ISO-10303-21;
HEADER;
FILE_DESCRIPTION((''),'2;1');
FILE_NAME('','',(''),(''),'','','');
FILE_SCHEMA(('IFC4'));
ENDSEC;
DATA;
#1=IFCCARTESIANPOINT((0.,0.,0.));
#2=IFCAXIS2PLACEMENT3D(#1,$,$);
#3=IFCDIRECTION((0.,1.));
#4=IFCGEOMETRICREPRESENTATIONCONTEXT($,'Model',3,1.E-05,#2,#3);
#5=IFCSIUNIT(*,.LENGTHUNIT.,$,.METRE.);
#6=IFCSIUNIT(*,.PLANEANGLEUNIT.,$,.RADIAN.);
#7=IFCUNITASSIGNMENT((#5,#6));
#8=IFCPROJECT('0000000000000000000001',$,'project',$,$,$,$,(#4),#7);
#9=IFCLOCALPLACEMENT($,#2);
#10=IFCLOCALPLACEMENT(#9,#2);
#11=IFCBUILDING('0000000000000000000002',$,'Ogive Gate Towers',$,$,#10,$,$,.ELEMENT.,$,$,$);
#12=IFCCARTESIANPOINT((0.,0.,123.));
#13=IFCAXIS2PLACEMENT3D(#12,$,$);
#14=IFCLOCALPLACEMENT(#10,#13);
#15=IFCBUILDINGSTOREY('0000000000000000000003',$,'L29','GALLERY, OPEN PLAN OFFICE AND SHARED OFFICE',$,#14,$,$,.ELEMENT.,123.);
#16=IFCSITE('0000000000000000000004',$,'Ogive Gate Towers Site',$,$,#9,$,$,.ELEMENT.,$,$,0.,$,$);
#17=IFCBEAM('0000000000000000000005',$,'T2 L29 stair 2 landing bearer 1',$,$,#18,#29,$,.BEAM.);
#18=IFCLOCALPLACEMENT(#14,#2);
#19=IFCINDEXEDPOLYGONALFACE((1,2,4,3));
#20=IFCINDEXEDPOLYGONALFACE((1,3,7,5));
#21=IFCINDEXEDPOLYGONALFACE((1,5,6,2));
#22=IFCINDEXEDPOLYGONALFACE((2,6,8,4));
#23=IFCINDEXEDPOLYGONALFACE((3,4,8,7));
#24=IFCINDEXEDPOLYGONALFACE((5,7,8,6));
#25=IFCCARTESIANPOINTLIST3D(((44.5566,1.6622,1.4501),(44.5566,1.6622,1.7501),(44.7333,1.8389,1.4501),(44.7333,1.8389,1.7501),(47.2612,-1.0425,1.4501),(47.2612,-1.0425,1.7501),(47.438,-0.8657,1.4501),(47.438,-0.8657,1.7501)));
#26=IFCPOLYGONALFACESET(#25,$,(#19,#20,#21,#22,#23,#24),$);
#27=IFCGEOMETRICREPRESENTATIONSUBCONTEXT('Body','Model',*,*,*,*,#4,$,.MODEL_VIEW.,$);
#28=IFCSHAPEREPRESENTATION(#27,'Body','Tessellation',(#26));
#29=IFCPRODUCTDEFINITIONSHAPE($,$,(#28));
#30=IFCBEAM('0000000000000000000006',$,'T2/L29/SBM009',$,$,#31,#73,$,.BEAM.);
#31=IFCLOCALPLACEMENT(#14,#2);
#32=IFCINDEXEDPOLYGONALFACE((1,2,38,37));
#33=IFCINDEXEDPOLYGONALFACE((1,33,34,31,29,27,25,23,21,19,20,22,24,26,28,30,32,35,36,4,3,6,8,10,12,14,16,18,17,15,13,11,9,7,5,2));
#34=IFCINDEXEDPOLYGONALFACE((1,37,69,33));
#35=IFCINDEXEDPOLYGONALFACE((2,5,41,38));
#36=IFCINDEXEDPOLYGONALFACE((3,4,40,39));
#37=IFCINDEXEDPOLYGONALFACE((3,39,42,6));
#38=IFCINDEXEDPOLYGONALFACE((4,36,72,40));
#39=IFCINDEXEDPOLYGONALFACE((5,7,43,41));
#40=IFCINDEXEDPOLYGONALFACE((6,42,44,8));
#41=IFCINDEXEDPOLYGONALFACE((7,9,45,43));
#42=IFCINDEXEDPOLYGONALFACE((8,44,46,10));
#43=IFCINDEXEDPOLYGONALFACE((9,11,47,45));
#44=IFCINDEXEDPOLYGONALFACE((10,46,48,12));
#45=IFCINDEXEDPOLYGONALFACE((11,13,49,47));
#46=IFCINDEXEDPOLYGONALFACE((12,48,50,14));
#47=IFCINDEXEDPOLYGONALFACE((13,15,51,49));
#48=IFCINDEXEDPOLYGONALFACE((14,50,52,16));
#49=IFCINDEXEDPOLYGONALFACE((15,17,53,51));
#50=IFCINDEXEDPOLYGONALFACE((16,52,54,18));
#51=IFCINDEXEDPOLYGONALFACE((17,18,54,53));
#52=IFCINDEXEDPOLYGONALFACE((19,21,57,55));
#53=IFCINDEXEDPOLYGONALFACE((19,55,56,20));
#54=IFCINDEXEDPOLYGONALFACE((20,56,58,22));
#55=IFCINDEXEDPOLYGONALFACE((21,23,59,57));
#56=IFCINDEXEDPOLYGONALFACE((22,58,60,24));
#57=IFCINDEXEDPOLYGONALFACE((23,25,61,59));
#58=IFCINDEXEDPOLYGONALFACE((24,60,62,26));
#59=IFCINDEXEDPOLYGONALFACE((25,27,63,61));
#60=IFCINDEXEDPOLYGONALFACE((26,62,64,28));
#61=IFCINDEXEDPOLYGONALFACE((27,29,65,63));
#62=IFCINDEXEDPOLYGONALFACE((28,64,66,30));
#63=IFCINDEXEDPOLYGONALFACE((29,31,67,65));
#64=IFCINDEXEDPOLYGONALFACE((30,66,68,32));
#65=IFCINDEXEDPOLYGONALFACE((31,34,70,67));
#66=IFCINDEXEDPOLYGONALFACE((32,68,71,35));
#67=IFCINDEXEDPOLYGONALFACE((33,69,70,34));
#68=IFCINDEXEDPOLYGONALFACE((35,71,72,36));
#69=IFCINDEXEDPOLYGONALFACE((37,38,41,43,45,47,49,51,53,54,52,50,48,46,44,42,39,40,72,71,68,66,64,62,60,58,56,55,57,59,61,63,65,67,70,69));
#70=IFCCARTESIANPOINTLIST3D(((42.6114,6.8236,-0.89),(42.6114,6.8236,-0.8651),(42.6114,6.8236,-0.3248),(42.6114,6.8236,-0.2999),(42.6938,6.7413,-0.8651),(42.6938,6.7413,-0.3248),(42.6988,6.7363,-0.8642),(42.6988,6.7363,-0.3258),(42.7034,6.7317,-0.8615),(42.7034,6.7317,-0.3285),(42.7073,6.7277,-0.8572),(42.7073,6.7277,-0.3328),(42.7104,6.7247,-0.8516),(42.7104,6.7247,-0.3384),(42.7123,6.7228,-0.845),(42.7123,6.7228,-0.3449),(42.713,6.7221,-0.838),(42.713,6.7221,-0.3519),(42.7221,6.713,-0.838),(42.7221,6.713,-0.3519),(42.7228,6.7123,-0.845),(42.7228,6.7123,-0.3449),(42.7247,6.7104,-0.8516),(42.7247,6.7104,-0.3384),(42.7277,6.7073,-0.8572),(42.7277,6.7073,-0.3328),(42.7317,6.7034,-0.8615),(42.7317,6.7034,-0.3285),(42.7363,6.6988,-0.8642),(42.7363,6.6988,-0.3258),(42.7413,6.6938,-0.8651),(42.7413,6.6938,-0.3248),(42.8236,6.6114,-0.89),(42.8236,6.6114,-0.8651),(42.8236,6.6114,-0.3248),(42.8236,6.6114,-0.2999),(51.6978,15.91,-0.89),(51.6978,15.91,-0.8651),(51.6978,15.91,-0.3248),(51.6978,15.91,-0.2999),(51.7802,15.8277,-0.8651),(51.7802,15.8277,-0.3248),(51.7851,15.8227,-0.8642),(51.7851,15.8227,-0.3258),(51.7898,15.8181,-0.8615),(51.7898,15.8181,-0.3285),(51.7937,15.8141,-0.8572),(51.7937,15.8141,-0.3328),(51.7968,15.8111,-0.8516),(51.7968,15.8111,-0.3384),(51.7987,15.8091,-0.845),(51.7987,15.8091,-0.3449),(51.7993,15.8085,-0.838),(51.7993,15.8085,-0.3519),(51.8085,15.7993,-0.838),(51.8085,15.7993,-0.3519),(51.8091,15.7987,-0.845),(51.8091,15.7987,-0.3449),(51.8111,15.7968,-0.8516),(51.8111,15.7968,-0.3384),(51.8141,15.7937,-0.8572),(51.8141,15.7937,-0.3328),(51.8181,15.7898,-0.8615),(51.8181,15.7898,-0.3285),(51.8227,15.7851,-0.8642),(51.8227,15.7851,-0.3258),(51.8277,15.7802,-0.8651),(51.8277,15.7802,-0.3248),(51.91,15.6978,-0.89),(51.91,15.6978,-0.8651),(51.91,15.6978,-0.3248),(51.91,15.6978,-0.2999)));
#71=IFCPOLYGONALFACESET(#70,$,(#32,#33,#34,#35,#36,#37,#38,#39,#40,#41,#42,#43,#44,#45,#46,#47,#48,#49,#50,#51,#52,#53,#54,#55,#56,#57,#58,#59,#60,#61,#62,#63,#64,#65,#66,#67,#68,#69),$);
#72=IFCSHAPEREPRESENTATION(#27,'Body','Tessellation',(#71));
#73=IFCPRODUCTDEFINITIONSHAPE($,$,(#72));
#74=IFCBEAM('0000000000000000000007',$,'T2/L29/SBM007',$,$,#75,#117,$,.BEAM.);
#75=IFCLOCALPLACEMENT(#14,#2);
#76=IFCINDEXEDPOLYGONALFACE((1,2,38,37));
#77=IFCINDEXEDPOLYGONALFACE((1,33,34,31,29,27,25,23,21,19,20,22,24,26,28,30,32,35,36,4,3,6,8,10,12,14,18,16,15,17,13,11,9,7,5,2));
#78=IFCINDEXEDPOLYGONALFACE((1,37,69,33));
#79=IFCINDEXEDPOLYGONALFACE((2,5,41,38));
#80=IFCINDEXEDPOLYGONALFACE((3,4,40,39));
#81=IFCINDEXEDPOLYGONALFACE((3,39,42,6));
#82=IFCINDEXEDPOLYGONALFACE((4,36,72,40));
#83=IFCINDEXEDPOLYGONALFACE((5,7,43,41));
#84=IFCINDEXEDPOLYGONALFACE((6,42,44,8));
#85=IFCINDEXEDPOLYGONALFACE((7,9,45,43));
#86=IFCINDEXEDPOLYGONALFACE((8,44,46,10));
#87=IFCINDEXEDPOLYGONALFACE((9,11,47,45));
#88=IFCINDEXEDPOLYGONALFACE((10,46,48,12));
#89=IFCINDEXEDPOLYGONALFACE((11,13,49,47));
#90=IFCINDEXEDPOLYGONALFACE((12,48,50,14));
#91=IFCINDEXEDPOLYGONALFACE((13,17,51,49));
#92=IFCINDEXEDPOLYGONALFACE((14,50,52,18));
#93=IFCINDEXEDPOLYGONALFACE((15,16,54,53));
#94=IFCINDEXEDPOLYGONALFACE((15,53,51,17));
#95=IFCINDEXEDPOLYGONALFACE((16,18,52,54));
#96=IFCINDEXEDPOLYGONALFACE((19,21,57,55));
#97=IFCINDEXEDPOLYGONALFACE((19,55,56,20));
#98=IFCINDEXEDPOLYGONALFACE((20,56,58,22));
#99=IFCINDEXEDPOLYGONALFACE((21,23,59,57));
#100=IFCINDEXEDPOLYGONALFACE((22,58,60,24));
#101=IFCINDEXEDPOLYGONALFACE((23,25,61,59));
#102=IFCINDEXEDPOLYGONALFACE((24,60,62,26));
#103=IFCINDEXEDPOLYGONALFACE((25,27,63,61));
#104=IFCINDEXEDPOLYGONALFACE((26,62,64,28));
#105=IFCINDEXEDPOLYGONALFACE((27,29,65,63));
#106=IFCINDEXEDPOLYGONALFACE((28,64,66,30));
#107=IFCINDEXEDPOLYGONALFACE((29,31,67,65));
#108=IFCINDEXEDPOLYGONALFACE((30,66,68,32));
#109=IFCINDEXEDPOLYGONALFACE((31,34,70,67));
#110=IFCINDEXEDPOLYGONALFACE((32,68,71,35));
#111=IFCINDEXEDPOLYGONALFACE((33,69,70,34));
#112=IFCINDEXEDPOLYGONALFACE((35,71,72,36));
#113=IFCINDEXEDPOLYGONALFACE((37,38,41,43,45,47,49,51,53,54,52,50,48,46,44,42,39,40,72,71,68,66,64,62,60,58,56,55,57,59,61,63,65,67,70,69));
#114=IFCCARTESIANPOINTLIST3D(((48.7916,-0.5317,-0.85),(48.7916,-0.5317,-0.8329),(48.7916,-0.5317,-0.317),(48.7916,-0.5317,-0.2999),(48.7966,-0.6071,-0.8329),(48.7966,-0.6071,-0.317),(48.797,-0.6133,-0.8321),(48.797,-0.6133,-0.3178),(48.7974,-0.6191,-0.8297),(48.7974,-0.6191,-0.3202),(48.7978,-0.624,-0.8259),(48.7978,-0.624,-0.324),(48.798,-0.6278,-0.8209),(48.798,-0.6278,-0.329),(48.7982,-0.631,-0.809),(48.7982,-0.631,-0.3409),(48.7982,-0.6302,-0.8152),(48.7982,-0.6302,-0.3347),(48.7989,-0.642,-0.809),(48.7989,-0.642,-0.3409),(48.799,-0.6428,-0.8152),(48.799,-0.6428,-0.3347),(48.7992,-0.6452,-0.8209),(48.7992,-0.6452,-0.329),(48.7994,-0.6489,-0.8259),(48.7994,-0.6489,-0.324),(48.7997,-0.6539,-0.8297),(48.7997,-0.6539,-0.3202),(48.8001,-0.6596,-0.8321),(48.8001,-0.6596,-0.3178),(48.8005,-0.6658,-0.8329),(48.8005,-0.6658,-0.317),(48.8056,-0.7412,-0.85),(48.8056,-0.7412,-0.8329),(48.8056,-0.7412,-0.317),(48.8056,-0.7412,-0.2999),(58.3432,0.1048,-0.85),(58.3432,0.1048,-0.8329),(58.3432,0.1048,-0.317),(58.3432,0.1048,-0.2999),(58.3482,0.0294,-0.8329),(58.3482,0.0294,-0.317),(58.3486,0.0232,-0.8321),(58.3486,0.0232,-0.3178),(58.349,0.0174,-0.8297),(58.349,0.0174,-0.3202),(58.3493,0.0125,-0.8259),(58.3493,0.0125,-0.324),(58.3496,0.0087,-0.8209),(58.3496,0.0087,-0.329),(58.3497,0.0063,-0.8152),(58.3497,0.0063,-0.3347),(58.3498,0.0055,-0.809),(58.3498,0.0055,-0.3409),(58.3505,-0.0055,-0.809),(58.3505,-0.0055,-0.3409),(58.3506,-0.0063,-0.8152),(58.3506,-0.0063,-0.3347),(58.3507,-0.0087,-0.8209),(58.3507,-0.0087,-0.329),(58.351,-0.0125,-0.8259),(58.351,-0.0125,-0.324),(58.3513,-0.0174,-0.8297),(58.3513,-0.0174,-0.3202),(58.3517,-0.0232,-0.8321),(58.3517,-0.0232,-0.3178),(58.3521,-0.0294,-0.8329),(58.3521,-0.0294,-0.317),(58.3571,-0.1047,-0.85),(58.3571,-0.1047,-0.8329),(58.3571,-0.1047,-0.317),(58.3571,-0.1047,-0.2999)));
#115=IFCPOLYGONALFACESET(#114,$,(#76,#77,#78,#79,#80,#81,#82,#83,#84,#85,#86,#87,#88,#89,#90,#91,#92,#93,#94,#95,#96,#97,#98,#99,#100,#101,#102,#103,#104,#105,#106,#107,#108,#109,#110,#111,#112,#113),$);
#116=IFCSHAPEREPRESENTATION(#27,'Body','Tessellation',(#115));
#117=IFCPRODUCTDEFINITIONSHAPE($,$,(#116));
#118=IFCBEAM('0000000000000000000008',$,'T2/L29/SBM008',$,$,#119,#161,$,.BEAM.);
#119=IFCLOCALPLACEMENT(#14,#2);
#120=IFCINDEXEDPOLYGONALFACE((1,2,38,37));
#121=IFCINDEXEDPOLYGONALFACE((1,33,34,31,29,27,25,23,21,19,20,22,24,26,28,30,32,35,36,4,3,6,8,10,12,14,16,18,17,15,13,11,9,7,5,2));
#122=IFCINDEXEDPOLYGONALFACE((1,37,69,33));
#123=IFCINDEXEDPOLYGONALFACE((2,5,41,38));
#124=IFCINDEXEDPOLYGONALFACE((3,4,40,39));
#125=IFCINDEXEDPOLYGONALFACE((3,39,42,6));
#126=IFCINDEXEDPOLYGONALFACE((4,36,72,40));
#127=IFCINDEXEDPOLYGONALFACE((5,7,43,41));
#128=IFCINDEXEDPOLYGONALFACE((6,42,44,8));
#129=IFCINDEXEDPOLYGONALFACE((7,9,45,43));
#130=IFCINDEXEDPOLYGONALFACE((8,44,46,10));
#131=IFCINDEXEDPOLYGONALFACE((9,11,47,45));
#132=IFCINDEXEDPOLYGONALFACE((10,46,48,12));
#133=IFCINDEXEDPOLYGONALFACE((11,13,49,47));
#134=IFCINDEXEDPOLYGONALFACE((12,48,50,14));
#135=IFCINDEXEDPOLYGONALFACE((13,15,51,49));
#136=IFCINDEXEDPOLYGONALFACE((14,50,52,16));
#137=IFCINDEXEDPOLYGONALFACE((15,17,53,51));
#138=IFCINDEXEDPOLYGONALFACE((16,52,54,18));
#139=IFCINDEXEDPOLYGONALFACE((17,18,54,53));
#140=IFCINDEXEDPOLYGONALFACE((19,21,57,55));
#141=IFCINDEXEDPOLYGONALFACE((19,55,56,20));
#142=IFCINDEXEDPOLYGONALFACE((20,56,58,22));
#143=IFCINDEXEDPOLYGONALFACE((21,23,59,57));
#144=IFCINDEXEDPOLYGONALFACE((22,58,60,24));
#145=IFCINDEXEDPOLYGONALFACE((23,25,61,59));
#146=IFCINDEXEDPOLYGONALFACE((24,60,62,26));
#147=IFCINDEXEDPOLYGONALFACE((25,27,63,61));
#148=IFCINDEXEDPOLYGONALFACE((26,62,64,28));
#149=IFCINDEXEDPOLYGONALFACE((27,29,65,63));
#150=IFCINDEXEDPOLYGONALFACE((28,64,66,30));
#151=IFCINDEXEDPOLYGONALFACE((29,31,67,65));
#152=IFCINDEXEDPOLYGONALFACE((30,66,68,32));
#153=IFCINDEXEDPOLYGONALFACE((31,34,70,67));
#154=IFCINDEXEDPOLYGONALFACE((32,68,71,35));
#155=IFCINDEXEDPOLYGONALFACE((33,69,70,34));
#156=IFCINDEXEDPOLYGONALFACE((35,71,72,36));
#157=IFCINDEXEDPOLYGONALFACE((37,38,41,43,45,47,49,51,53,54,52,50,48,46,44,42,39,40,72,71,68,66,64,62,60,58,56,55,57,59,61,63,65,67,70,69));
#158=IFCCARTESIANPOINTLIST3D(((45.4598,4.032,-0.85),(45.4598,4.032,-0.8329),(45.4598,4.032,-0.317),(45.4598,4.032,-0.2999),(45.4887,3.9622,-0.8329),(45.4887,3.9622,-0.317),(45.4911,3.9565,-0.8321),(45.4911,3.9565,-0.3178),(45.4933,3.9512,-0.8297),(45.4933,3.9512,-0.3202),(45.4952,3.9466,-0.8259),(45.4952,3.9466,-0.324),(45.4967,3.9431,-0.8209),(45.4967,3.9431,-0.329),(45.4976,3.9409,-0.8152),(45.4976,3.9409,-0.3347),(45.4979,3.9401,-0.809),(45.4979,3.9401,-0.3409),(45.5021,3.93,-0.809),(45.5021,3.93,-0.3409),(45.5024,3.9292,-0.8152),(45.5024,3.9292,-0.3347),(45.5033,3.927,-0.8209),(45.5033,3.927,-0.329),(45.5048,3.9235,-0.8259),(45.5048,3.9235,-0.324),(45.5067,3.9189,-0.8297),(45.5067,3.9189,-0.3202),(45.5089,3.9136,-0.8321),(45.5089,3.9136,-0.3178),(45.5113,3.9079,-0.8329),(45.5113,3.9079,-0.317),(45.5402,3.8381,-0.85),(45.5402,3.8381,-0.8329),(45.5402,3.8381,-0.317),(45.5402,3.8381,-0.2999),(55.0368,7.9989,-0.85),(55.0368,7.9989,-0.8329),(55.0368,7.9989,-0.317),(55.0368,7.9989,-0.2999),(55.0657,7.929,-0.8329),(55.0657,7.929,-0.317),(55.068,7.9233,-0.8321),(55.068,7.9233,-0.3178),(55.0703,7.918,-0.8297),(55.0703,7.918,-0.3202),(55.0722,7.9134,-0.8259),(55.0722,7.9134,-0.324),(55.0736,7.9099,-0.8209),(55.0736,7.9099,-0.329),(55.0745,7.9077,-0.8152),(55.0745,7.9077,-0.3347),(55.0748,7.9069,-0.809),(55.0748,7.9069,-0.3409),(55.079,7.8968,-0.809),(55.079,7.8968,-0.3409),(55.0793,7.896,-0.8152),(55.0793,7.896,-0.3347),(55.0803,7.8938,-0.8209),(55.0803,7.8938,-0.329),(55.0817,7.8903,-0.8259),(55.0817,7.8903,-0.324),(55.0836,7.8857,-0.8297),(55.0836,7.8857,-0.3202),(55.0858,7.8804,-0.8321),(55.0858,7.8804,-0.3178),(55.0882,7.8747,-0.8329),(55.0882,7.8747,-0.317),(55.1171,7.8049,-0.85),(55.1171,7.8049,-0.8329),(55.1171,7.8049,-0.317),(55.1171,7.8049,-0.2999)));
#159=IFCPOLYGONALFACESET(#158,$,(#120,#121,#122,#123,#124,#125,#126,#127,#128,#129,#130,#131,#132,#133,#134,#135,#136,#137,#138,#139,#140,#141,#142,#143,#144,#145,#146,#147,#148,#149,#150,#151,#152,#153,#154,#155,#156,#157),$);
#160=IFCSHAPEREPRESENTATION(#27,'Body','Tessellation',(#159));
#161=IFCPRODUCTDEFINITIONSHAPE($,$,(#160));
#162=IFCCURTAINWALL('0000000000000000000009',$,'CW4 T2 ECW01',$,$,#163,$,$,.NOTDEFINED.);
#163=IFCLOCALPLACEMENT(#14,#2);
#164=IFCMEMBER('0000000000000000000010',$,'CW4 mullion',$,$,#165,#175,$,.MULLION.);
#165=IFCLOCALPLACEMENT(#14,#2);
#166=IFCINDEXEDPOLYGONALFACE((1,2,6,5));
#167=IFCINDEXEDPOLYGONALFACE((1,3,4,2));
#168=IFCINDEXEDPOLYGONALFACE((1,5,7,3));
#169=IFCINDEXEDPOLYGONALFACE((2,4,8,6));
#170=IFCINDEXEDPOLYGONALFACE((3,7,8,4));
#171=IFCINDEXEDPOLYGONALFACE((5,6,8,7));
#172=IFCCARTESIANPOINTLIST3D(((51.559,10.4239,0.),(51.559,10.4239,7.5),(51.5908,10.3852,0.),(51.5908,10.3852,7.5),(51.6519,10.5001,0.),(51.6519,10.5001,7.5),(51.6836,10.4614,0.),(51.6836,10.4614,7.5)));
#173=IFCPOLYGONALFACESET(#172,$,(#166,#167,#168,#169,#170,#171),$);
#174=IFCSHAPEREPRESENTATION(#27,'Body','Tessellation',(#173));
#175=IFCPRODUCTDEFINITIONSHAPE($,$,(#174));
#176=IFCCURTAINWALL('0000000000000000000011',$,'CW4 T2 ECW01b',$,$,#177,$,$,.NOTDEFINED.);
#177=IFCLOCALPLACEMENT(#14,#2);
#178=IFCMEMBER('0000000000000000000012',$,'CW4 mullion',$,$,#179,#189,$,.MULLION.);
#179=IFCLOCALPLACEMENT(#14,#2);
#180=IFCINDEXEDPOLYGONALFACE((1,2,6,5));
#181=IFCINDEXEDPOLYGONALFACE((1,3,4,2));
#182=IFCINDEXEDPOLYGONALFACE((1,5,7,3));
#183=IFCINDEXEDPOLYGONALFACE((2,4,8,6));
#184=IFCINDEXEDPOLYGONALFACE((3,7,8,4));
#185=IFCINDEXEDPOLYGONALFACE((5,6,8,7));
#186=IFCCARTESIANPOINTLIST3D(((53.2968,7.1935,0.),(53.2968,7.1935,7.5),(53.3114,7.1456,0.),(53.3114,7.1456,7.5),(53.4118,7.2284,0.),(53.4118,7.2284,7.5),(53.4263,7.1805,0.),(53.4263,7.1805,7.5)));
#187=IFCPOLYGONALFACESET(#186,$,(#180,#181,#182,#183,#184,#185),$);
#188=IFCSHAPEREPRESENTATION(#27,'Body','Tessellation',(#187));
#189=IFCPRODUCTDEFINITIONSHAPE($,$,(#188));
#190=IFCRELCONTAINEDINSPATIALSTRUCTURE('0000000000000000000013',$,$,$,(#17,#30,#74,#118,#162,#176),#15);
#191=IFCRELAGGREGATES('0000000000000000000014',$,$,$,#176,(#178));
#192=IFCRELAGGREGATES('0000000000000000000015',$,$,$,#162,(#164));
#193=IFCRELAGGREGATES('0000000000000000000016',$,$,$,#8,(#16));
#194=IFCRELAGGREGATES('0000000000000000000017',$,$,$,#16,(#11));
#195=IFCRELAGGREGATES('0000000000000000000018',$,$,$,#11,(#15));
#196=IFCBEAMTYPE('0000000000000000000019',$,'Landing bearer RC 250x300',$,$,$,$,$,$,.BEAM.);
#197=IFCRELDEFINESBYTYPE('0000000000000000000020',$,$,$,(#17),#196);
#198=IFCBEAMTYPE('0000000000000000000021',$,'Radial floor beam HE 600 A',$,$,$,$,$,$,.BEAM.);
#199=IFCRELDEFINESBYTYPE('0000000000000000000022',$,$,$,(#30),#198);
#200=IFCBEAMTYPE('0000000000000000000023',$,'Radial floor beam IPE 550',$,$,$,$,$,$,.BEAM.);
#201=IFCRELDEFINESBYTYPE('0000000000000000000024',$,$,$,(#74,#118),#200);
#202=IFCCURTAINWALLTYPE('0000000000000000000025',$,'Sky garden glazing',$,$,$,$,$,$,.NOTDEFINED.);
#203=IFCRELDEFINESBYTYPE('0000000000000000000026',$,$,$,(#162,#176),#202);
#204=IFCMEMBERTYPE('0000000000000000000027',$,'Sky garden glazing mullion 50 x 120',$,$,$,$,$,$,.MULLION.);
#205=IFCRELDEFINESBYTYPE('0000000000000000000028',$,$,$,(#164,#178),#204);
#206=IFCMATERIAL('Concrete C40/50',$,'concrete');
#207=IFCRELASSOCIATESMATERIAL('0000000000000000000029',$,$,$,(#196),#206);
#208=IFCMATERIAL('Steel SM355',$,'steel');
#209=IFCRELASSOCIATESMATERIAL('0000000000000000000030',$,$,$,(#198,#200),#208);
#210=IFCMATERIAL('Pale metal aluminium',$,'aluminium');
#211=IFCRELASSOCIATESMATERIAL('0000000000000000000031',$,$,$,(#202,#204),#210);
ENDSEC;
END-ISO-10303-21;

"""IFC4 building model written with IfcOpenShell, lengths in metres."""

from ifc_helpers import new_model, si_unit, direction, frame, origin, origin_2d, place, context, subcontext, project, spatial, rectangle, i_section, extrude, material, material_profile, profile_set, type_object, element, aggregate, save


model = new_model("IFC4")

# Units and contexts
model_context = context("Model", 3, precision=1e-05, world=origin(), true_north=direction((0.0, 1.0)))
body_context = subcontext(model_context, "Body", "Model", "MODEL_VIEW")
ifc_project = project(units=[si_unit("LENGTHUNIT", "METRE"), si_unit("PLANEANGLEUNIT", "RADIAN")], contexts=[model_context])

# Site, building, storey
site_placement = place(None, origin())
site = spatial("IfcSite", under=ifc_project, at=site_placement, Name="Ogive Gate Towers Site", CompositionType="ELEMENT", RefElevation=0.0)
building_placement = place(site_placement, origin())
building = spatial("IfcBuilding", under=site, at=building_placement, Name="Ogive Gate Towers", CompositionType="ELEMENT")
storey_placement = place(building_placement, frame((0.0, 0.0, 123.0)))
storey = spatial("IfcBuildingStorey", under=building, at=storey_placement, Name="L29", Description="GALLERY, OPEN PLAN OFFICE AND SHARED OFFICE", CompositionType="ELEMENT", Elevation=123.0)

# Beams
ifc_material_1 = material(Name="Concrete C40/50", Category="concrete")
ifc_material_profile_1 = material_profile(ifc_material_1, rectangle(XDim=0.25, YDim=0.3, at=origin_2d()), Name="RC 250x300")
ifc_profile_set_1 = profile_set([ifc_material_profile_1], Name="Concrete C40/50")
beam_type_1 = type_object("IfcBeamType", Name="Landing bearer RC 250x300", PredefinedType="BEAM", material=ifc_profile_set_1)
beam_1_placement = place(storey_placement, frame((47.3496, -0.9541, 1.6001), z_axis=(-0.707107, 0.707107, 0.0), x_axis=(-0.707107, -0.707107, 0.0)))
element("IfcBeam", 1, at=beam_1_placement, inside=storey, type_object=beam_type_1, Name="T2 L29 stair 2 landing bearer 1", PredefinedType="BEAM", context=body_context, shape_type="SweptSolid", body=[
    extrude(rectangle(XDim=0.25, YDim=0.3, at=origin_2d()), origin(), (0.0, 0.0, 1.0), 3.825),
])
ifc_material_2 = material(Name="Steel SM355", Category="steel")
ifc_material_profile_2 = material_profile(ifc_material_2, i_section(OverallWidth=0.3, OverallDepth=0.5901, WebThickness=0.0129, FlangeThickness=0.0249, FilletRadius=0.0271, at=origin_2d()), Name="HE 600 A")
ifc_profile_set_2 = profile_set([ifc_material_profile_2], Name="Steel SM355")
beam_type_2 = type_object("IfcBeamType", Name="Radial floor beam HE 600 A", PredefinedType="BEAM", material=ifc_profile_set_2)
beam_2_placement = place(storey_placement, frame((42.7175, 6.7175, -0.595), z_axis=(0.707107, 0.707107, 0.0), x_axis=(-0.707107, 0.707107, 0.0)))
element("IfcBeam", 2, at=beam_2_placement, inside=storey, type_object=beam_type_2, Name="T2/L29/SBM009", PredefinedType="BEAM", context=body_context, shape_type="SweptSolid", body=[
    extrude(i_section(OverallWidth=0.3, OverallDepth=0.5901, WebThickness=0.0129, FlangeThickness=0.0249, FilletRadius=0.0271, at=origin_2d()), origin(), (0.0, 0.0, 1.0), 12.8501),
])
ifc_material_profile_3 = material_profile(ifc_material_2, i_section(OverallWidth=0.21, OverallDepth=0.55, WebThickness=0.011, FlangeThickness=0.0171, FilletRadius=0.0239, at=origin_2d()), Name="IPE 550")
ifc_profile_set_3 = profile_set([ifc_material_profile_3], Name="Steel SM355")
beam_type_3 = type_object("IfcBeamType", Name="Radial floor beam IPE 550", PredefinedType="BEAM", material=ifc_profile_set_3)
beam_3_placement = place(storey_placement, frame((48.7986, -0.6365, -0.575), z_axis=(0.997787, 0.066489, 0.0), x_axis=(-0.066489, 0.997787, 0.0)))
element("IfcBeam", 3, at=beam_3_placement, inside=storey, type_object=beam_type_3, Name="T2/L29/SBM007", PredefinedType="BEAM", context=body_context, shape_type="SweptSolid", body=[
    extrude(i_section(OverallWidth=0.21, OverallDepth=0.55, WebThickness=0.011, FlangeThickness=0.0171, FilletRadius=0.0239, at=origin_2d()), origin(), (0.0, 0.0, 1.0), 9.5728),
])
beam_4_placement = place(storey_placement, frame((45.5, 3.9351, -0.575), z_axis=(0.923882, 0.382676, 0.0), x_axis=(-0.382676, 0.923882, 0.0)))
element("IfcBeam", 4, at=beam_4_placement, inside=storey, type_object=beam_type_3, Name="T2/L29/SBM008", PredefinedType="BEAM", context=body_context, shape_type="SweptSolid", body=[
    extrude(i_section(OverallWidth=0.21, OverallDepth=0.55, WebThickness=0.011, FlangeThickness=0.0171, FilletRadius=0.0239, at=origin_2d()), origin(), (0.0, 0.0, 1.0), 10.366),
])

# Curtain walls, members
ifc_material_3 = material(Name="Pale metal aluminium", Category="aluminium")
curtain_wall_type = type_object("IfcCurtainWallType", Name="Sky garden glazing", PredefinedType="NOTDEFINED", material=ifc_material_3)
curtain_wall_1_placement = place(storey_placement, origin())
curtain_wall_1 = element("IfcCurtainWall", 5, at=curtain_wall_1_placement, inside=storey, type_object=curtain_wall_type, Name="CW4 T2 ECW01", PredefinedType="NOTDEFINED")
ifc_material_profile_4 = material_profile(ifc_material_3, rectangle(XDim=0.1201, YDim=0.05, at=origin_2d()), Name="50 x 120 aluminium box")
ifc_profile_set_4 = profile_set([ifc_material_profile_4], Name="Pale metal aluminium")
member_type_1 = type_object("IfcMemberType", Name="Sky garden glazing mullion 50 x 120", PredefinedType="MULLION", material=ifc_profile_set_4)
member_1_placement = place(storey_placement, frame((51.6213, 10.4426, 0.0), z_axis=(0.0, 0.0, 1.0), x_axis=(-0.77301, -0.634393, 0.0)))
member_1 = element("IfcMember", 6, at=member_1_placement, type_object=member_type_1, Name="CW4 mullion", PredefinedType="MULLION", context=body_context, shape_type="SweptSolid", body=[
    extrude(rectangle(XDim=0.1201, YDim=0.05, at=origin_2d()), origin(), (0.0, 0.0, 1.0), 7.5),
])
curtain_wall_2_placement = place(storey_placement, origin())
curtain_wall_2 = element("IfcCurtainWall", 7, at=curtain_wall_2_placement, inside=storey, type_object=curtain_wall_type, Name="CW4 T2 ECW01b", PredefinedType="NOTDEFINED")
member_2_placement = place(storey_placement, frame((53.3616, 7.187, 0.0), z_axis=(0.0, 0.0, 1.0), x_axis=(-0.95694, -0.290285, 0.0)))
member_2 = element("IfcMember", 8, at=member_2_placement, type_object=member_type_1, Name="CW4 mullion", PredefinedType="MULLION", context=body_context, shape_type="SweptSolid", body=[
    extrude(rectangle(XDim=0.1201, YDim=0.05, at=origin_2d()), origin(), (0.0, 0.0, 1.0), 7.5),
])

aggregate(curtain_wall_2, [member_2])

aggregate(curtain_wall_1, [member_1])

save(model, "model.ifc")
